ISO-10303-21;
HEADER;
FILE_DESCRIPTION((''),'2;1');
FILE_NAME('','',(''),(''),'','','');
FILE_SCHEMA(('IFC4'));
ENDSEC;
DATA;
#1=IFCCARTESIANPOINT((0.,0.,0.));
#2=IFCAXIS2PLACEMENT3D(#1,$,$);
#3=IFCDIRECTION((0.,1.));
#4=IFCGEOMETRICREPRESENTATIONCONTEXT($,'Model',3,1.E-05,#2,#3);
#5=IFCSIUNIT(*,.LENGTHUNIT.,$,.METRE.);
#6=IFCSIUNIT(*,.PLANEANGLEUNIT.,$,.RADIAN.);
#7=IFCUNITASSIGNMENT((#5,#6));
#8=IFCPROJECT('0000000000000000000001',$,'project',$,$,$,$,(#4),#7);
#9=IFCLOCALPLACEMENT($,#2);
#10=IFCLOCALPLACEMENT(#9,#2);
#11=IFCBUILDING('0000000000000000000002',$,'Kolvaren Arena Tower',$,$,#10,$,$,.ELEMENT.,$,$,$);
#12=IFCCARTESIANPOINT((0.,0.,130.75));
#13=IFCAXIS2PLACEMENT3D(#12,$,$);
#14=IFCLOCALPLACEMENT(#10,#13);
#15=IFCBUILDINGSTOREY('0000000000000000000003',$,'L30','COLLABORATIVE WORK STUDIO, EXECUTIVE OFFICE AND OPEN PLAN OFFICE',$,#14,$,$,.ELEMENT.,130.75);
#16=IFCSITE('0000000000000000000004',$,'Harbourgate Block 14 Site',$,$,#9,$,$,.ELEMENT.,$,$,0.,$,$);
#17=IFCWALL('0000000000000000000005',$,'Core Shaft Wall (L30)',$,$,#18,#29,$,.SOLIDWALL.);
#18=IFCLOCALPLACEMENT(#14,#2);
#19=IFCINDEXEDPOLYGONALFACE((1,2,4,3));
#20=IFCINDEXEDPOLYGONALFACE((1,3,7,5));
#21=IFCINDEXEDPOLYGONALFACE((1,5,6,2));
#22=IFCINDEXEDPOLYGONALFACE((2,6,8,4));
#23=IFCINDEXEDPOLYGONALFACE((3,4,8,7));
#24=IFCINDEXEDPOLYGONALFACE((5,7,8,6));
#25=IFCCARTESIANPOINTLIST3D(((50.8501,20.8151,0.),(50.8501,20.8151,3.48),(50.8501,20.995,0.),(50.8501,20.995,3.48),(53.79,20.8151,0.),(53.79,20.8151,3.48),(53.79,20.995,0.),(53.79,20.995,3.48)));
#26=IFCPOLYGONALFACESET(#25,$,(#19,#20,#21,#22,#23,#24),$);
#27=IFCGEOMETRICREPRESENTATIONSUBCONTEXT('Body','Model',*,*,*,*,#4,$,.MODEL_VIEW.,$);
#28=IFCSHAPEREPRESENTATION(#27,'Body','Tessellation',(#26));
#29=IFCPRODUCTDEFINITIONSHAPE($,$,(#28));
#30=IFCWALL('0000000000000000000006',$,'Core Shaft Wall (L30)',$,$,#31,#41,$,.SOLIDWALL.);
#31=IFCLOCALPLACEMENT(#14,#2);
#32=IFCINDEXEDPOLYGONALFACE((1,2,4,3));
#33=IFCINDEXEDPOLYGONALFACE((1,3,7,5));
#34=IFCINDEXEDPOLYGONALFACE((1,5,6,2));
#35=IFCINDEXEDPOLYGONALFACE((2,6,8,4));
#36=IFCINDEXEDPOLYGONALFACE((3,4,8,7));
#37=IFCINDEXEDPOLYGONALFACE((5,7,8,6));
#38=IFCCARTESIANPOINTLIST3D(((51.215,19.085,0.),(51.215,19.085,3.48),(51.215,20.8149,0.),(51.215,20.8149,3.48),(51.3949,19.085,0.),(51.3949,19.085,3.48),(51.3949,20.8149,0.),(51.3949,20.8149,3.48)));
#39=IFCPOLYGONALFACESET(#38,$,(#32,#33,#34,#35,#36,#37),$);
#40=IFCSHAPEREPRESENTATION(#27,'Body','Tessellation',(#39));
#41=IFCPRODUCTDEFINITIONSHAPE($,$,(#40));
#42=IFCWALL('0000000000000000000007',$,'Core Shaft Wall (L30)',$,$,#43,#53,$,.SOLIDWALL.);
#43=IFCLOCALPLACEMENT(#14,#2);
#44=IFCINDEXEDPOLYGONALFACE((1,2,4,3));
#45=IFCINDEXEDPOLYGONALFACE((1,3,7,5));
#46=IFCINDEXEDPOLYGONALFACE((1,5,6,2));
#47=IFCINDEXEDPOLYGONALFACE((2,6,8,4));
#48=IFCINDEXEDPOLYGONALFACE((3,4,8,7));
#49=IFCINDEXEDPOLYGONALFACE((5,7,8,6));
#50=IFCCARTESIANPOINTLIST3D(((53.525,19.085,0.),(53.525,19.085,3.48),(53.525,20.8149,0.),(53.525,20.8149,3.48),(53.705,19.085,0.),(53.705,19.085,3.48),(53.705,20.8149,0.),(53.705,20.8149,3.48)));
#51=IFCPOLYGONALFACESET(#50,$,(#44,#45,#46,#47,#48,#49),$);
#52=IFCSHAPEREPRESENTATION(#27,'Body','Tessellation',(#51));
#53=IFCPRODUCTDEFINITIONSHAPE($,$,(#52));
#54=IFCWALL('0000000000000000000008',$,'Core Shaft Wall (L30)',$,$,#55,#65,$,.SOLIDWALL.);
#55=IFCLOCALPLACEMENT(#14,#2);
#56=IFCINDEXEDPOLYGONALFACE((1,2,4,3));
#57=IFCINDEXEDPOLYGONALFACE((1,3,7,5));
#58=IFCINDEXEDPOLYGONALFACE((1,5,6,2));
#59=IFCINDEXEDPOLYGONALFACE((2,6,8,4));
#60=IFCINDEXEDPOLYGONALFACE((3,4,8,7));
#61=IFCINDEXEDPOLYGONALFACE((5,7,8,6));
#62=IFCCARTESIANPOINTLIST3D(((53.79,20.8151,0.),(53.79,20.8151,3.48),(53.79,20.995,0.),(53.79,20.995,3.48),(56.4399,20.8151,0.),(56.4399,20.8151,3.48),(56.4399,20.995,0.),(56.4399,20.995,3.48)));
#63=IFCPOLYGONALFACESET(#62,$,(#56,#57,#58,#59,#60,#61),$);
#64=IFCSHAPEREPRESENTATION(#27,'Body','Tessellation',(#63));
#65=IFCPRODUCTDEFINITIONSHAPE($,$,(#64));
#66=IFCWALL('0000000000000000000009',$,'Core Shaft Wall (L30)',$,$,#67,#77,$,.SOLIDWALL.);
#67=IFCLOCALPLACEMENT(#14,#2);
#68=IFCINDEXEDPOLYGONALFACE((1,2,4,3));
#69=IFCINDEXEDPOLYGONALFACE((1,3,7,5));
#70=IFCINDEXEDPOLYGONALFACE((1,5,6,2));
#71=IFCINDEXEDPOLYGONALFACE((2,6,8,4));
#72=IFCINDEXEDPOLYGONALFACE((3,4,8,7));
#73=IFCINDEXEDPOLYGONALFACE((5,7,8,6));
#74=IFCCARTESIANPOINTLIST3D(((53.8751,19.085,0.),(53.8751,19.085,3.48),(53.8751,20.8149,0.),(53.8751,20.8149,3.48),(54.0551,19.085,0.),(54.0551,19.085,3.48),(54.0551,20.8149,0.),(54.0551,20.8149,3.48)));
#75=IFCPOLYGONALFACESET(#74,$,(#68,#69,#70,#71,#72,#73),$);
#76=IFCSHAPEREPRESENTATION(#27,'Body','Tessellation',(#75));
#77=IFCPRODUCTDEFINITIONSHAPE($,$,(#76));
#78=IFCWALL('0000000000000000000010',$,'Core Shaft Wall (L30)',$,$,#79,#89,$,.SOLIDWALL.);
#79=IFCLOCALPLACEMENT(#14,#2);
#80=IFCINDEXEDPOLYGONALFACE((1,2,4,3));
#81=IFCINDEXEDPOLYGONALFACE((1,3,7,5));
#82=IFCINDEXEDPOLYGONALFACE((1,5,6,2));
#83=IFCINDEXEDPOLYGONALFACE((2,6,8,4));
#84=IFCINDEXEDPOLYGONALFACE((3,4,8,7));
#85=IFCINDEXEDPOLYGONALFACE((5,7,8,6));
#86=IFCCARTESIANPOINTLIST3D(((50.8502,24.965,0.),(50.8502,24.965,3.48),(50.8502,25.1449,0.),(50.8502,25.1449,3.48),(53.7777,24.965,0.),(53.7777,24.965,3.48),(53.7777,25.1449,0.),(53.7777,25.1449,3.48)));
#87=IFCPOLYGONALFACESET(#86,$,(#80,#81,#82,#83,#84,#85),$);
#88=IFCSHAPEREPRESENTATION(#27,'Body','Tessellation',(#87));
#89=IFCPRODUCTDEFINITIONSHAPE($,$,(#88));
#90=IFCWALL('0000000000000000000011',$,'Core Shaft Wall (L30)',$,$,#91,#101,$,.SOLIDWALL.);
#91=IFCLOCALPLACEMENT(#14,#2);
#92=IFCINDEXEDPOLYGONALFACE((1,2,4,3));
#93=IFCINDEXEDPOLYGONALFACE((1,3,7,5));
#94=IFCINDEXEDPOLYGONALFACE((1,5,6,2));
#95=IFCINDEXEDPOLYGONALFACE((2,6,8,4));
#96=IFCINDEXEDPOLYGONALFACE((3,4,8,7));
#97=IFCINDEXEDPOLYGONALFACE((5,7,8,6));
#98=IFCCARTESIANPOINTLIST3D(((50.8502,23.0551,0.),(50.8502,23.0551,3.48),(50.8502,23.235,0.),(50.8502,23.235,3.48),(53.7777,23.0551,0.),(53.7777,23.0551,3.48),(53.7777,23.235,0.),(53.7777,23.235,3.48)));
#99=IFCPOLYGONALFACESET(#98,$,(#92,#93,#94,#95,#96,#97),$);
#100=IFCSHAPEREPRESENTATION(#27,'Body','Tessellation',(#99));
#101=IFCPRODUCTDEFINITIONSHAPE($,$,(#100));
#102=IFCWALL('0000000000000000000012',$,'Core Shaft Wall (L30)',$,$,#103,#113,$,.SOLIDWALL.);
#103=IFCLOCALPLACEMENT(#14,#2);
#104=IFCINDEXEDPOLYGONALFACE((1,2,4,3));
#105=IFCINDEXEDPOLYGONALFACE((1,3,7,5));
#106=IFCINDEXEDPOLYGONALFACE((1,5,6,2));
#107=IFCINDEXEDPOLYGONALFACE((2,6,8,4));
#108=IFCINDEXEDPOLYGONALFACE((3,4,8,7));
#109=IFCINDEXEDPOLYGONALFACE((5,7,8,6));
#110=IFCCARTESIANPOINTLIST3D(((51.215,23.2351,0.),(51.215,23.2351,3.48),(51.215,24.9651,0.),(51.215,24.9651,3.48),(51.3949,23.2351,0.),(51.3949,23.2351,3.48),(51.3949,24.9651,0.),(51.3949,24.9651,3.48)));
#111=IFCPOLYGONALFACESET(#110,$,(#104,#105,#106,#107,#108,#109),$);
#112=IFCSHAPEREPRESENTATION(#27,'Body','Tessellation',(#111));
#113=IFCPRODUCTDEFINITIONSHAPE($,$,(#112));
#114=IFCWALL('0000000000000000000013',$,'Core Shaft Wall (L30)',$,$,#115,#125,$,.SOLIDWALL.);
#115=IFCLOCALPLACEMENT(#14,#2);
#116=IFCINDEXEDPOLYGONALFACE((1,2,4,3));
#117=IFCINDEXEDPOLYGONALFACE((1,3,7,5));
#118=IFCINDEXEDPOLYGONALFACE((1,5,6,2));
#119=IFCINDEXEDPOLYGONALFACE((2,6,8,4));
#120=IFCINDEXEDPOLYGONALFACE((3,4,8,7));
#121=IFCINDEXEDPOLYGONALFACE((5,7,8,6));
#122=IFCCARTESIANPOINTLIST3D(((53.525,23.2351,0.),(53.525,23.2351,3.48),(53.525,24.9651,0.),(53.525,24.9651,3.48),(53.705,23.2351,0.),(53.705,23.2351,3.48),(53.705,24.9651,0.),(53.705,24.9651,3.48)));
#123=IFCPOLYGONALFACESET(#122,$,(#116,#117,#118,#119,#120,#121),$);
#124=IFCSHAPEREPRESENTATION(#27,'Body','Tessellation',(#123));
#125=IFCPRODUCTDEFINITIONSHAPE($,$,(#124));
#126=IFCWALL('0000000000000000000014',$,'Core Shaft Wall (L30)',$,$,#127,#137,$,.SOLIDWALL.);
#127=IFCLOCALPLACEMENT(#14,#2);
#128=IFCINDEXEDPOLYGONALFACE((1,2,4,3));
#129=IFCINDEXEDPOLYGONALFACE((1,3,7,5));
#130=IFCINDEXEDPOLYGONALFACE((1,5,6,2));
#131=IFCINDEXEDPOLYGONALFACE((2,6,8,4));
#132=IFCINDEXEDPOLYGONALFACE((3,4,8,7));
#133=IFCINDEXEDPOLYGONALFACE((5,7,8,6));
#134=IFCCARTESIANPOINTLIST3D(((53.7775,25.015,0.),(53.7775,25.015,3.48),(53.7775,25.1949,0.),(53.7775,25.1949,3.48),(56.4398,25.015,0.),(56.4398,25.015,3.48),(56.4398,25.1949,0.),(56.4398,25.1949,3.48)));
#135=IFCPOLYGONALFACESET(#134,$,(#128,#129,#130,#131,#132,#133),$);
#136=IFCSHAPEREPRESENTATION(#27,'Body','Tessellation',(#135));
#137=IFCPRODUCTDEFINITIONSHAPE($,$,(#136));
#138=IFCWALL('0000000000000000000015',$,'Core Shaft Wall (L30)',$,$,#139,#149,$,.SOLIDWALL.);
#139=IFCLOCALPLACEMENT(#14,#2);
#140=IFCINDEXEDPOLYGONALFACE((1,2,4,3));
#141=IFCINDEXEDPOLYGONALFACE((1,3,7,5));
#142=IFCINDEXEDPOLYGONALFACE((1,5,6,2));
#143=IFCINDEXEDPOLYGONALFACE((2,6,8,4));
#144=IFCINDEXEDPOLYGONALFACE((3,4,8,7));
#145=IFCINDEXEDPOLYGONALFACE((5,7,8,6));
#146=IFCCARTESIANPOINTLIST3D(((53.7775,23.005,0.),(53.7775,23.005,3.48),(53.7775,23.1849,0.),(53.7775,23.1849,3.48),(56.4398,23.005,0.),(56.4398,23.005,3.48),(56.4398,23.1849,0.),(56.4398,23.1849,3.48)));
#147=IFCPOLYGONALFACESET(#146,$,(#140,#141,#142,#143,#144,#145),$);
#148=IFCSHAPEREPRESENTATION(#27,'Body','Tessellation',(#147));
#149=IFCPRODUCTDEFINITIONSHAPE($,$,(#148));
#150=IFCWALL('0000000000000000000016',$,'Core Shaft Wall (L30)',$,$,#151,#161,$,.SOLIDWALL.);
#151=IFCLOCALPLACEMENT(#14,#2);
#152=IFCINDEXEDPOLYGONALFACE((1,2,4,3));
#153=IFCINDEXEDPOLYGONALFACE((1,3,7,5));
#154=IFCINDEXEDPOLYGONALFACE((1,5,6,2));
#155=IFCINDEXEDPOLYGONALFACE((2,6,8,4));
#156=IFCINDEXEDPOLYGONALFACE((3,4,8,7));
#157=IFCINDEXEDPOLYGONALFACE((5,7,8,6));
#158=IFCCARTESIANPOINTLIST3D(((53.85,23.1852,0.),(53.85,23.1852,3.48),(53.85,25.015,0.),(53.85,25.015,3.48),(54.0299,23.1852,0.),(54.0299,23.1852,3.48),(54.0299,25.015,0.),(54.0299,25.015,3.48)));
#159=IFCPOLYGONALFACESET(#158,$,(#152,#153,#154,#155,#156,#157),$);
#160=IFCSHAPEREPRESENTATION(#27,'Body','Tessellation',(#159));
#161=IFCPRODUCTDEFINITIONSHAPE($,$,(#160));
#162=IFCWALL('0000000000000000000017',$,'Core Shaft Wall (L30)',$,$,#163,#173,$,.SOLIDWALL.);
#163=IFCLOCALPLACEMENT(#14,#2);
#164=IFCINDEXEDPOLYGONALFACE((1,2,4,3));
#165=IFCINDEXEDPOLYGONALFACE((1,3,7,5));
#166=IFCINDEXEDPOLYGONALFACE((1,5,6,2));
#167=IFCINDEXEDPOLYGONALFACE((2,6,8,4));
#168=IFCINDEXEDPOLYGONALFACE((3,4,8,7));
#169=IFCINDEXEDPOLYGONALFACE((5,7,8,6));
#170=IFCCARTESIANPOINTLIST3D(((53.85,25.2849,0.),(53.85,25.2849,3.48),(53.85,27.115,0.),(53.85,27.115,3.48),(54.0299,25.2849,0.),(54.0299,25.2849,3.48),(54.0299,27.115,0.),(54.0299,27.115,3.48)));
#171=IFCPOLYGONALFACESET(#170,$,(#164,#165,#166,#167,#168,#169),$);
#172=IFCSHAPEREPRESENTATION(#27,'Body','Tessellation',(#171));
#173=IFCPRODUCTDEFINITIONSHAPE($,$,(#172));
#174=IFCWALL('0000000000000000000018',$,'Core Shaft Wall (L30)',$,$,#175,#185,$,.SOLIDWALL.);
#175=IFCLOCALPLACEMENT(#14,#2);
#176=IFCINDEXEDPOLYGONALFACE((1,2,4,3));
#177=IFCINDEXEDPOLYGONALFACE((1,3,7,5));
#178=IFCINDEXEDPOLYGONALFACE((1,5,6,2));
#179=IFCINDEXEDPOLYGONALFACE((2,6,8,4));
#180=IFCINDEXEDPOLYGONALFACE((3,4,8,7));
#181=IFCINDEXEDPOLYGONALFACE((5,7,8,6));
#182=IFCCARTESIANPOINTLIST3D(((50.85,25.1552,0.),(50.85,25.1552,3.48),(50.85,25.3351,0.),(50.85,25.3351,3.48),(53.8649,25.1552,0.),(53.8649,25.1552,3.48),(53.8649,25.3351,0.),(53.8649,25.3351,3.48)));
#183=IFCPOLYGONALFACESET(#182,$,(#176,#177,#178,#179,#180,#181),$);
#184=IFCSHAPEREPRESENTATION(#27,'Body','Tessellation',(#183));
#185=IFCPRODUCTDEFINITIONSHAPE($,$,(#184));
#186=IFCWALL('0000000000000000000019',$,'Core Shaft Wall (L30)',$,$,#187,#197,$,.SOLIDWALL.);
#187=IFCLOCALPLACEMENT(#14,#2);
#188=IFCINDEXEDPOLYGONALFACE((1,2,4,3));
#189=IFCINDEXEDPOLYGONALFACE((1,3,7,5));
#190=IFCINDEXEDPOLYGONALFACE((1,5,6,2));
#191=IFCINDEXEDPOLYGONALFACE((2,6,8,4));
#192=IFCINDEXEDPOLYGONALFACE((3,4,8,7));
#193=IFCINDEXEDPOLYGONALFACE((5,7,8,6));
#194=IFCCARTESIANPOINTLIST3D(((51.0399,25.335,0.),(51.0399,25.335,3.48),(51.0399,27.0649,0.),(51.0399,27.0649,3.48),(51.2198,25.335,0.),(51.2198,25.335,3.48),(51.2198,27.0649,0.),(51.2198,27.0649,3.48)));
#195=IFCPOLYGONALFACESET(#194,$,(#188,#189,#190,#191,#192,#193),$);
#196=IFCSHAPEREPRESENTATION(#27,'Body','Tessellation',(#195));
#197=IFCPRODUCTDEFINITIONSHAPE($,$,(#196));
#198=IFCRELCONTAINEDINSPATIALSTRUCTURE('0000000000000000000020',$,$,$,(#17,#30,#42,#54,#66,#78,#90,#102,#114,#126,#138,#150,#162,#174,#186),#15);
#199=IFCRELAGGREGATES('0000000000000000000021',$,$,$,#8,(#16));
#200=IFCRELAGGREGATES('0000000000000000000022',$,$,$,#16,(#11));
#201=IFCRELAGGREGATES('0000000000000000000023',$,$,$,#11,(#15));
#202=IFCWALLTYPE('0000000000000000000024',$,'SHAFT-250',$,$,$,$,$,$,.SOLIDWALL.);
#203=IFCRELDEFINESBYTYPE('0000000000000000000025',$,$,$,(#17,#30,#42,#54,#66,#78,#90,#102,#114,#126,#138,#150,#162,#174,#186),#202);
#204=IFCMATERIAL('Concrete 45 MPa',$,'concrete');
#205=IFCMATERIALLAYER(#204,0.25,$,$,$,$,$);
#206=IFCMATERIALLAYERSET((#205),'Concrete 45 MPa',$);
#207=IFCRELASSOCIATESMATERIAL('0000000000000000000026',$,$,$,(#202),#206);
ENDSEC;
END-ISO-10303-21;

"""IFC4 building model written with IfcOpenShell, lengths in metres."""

from ifc_helpers import new_model, si_unit, direction, frame, frame_2d, origin, place, context, subcontext, project, spatial, rectangle, extrude, material, layer, layer_set, type_object, element, save


model = new_model("IFC4")

# Units and contexts
model_context = context("Model", 3, precision=1e-05, world=origin(), true_north=direction((0.0, 1.0)))
body_context = subcontext(model_context, "Body", "Model", "MODEL_VIEW")
ifc_project = project(units=[si_unit("LENGTHUNIT", "METRE"), si_unit("PLANEANGLEUNIT", "RADIAN")], contexts=[model_context])

# Site, building, storey
site_placement = place(None, origin())
site = spatial("IfcSite", under=ifc_project, at=site_placement, Name="Harbourgate Block 14 Site", CompositionType="ELEMENT", RefElevation=0.0)
building_placement = place(site_placement, origin())
building = spatial("IfcBuilding", under=site, at=building_placement, Name="Kolvaren Arena Tower", CompositionType="ELEMENT")
storey_placement = place(building_placement, frame((0.0, 0.0, 130.75)))
storey = spatial("IfcBuildingStorey", under=building, at=storey_placement, Name="L30", Description="COLLABORATIVE WORK STUDIO, EXECUTIVE OFFICE AND OPEN PLAN OFFICE", CompositionType="ELEMENT", Elevation=130.75)

# Walls
ifc_material_1 = material(Name="Concrete 45 MPa", Category="concrete")
ifc_layer_1 = layer(ifc_material_1, 0.25)
ifc_layer_set_1 = layer_set([ifc_layer_1], Name="Concrete 45 MPa")
wall_type_1 = type_object("IfcWallType", Name="SHAFT-250", PredefinedType="SOLIDWALL", material=ifc_layer_set_1)
wall_1_placement = place(storey_placement, frame((50.8501, 20.905, 0.0), z_axis=(0.0, 0.0, 1.0), x_axis=(1.0, 0.0, 0.0)))
element("IfcWall", 1, at=wall_1_placement, inside=storey, type_object=wall_type_1, Name="Core Shaft Wall (L30)", PredefinedType="SOLIDWALL", context=body_context, shape_type="SweptSolid", body=[
    extrude(rectangle(XDim=2.9399, YDim=0.1799, at=frame_2d((1.47, 0.0))), origin(), (0.0, 0.0, 1.0), 3.48),
])
for number, where, z_axis, x_axis, name in (
    (2, (51.3049, 19.085, 0.0), (0.0, 0.0, 1.0), (0.0, 1.0, 0.0), "Core Shaft Wall (L30)"),
    (3, (53.615, 19.085, 0.0), (0.0, 0.0, 1.0), (0.0, 1.0, 0.0), "Core Shaft Wall (L30)"),
):
    element("IfcWall", number, at=place(storey_placement, frame(where, z_axis=z_axis, x_axis=x_axis)), inside=storey, type_object=wall_type_1, Name=name, PredefinedType="SOLIDWALL", context=body_context, shape_type="SweptSolid", body=[
        extrude(rectangle(XDim=1.73, YDim=0.1799, at=frame_2d((0.865, 0.0))), origin(), (0.0, 0.0, 1.0), 3.48),
    ])
wall_2_placement = place(storey_placement, frame((53.79, 20.905, 0.0), z_axis=(0.0, 0.0, 1.0), x_axis=(1.0, 0.0, 0.0)))
element("IfcWall", 4, at=wall_2_placement, inside=storey, type_object=wall_type_1, Name="Core Shaft Wall (L30)", PredefinedType="SOLIDWALL", context=body_context, shape_type="SweptSolid", body=[
    extrude(rectangle(XDim=2.6499, YDim=0.1799, at=frame_2d((1.325, 0.0))), origin(), (0.0, 0.0, 1.0), 3.48),
])
wall_3_placement = place(storey_placement, frame((53.9651, 19.085, 0.0), z_axis=(0.0, 0.0, 1.0), x_axis=(0.0, 1.0, 0.0)))
element("IfcWall", 5, at=wall_3_placement, inside=storey, type_object=wall_type_1, Name="Core Shaft Wall (L30)", PredefinedType="SOLIDWALL", context=body_context, shape_type="SweptSolid", body=[
    extrude(rectangle(XDim=1.73, YDim=0.1799, at=frame_2d((0.865, 0.0))), origin(), (0.0, 0.0, 1.0), 3.48),
])
for number, where, z_axis, x_axis, name in (
    (6, (50.8501, 25.0549, 0.0), (0.0, 0.0, 1.0), (1.0, 0.0, 0.0), "Core Shaft Wall (L30)"),
    (7, (50.8501, 23.145, 0.0), (0.0, 0.0, 1.0), (1.0, 0.0, 0.0), "Core Shaft Wall (L30)"),
):
    element("IfcWall", number, at=place(storey_placement, frame(where, z_axis=z_axis, x_axis=x_axis)), inside=storey, type_object=wall_type_1, Name=name, PredefinedType="SOLIDWALL", context=body_context, shape_type="SweptSolid", body=[
        extrude(rectangle(XDim=2.9275, YDim=0.1799, at=frame_2d((1.4639, 0.0))), origin(), (0.0, 0.0, 1.0), 3.48),
    ])
for number, where, z_axis, x_axis, name in (
    (8, (51.3049, 23.2351, 0.0), (0.0, 0.0, 1.0), (0.0, 1.0, 0.0), "Core Shaft Wall (L30)"),
    (9, (53.615, 23.2351, 0.0), (0.0, 0.0, 1.0), (0.0, 1.0, 0.0), "Core Shaft Wall (L30)"),
):
    element("IfcWall", number, at=place(storey_placement, frame(where, z_axis=z_axis, x_axis=x_axis)), inside=storey, type_object=wall_type_1, Name=name, PredefinedType="SOLIDWALL", context=body_context, shape_type="SweptSolid", body=[
        extrude(rectangle(XDim=1.73, YDim=0.1799, at=frame_2d((0.865, 0.0))), origin(), (0.0, 0.0, 1.0), 3.48),
    ])
for number, where, z_axis, x_axis, name in (
    (10, (53.7776, 25.105, 0.0), (0.0, 0.0, 1.0), (1.0, 0.0, 0.0), "Core Shaft Wall (L30)"),
    (11, (53.7776, 23.095, 0.0), (0.0, 0.0, 1.0), (1.0, 0.0, 0.0), "Core Shaft Wall (L30)"),
):
    element("IfcWall", number, at=place(storey_placement, frame(where, z_axis=z_axis, x_axis=x_axis)), inside=storey, type_object=wall_type_1, Name=name, PredefinedType="SOLIDWALL", context=body_context, shape_type="SweptSolid", body=[
        extrude(rectangle(XDim=2.6624, YDim=0.1799, at=frame_2d((1.3311, 0.0))), origin(), (0.0, 0.0, 1.0), 3.48),
    ])
wall_4_placement = place(storey_placement, frame((53.9399, 23.1851, 0.0), z_axis=(0.0, 0.0, 1.0), x_axis=(0.0, 1.0, 0.0)))
element("IfcWall", 12, at=wall_4_placement, inside=storey, type_object=wall_type_1, Name="Core Shaft Wall (L30)", PredefinedType="SOLIDWALL", context=body_context, shape_type="SweptSolid", body=[
    extrude(rectangle(XDim=1.8298, YDim=0.1799, at=frame_2d((0.915, 0.0))), origin(), (0.0, 0.0, 1.0), 3.48),
])
wall_5_placement = place(storey_placement, frame((53.9399, 25.2849, 0.0), z_axis=(0.0, 0.0, 1.0), x_axis=(0.0, 1.0, 0.0)))
element("IfcWall", 13, at=wall_5_placement, inside=storey, type_object=wall_type_1, Name="Core Shaft Wall (L30)", PredefinedType="SOLIDWALL", context=body_context, shape_type="SweptSolid", body=[
    extrude(rectangle(XDim=1.8301, YDim=0.1799, at=frame_2d((0.915, 0.0))), origin(), (0.0, 0.0, 1.0), 3.48),
])
wall_6_placement = place(storey_placement, frame((50.8501, 25.2451, 0.0), z_axis=(0.0, 0.0, 1.0), x_axis=(1.0, 0.0, 0.0)))
element("IfcWall", 14, at=wall_6_placement, inside=storey, type_object=wall_type_1, Name="Core Shaft Wall (L30)", PredefinedType="SOLIDWALL", context=body_context, shape_type="SweptSolid", body=[
    extrude(rectangle(XDim=3.0149, YDim=0.1799, at=frame_2d((1.5073, 0.0))), origin(), (0.0, 0.0, 1.0), 3.48),
])
wall_7_placement = place(storey_placement, frame((51.1299, 25.335, 0.0), z_axis=(0.0, 0.0, 1.0), x_axis=(0.0, 1.0, 0.0)))
element("IfcWall", 15, at=wall_7_placement, inside=storey, type_object=wall_type_1, Name="Core Shaft Wall (L30)", PredefinedType="SOLIDWALL", context=body_context, shape_type="SweptSolid", body=[
    extrude(rectangle(XDim=1.73, YDim=0.1799, at=frame_2d((0.865, 0.0))), origin(), (0.0, 0.0, 1.0), 3.48),
])

save(model, "model.ifc")
